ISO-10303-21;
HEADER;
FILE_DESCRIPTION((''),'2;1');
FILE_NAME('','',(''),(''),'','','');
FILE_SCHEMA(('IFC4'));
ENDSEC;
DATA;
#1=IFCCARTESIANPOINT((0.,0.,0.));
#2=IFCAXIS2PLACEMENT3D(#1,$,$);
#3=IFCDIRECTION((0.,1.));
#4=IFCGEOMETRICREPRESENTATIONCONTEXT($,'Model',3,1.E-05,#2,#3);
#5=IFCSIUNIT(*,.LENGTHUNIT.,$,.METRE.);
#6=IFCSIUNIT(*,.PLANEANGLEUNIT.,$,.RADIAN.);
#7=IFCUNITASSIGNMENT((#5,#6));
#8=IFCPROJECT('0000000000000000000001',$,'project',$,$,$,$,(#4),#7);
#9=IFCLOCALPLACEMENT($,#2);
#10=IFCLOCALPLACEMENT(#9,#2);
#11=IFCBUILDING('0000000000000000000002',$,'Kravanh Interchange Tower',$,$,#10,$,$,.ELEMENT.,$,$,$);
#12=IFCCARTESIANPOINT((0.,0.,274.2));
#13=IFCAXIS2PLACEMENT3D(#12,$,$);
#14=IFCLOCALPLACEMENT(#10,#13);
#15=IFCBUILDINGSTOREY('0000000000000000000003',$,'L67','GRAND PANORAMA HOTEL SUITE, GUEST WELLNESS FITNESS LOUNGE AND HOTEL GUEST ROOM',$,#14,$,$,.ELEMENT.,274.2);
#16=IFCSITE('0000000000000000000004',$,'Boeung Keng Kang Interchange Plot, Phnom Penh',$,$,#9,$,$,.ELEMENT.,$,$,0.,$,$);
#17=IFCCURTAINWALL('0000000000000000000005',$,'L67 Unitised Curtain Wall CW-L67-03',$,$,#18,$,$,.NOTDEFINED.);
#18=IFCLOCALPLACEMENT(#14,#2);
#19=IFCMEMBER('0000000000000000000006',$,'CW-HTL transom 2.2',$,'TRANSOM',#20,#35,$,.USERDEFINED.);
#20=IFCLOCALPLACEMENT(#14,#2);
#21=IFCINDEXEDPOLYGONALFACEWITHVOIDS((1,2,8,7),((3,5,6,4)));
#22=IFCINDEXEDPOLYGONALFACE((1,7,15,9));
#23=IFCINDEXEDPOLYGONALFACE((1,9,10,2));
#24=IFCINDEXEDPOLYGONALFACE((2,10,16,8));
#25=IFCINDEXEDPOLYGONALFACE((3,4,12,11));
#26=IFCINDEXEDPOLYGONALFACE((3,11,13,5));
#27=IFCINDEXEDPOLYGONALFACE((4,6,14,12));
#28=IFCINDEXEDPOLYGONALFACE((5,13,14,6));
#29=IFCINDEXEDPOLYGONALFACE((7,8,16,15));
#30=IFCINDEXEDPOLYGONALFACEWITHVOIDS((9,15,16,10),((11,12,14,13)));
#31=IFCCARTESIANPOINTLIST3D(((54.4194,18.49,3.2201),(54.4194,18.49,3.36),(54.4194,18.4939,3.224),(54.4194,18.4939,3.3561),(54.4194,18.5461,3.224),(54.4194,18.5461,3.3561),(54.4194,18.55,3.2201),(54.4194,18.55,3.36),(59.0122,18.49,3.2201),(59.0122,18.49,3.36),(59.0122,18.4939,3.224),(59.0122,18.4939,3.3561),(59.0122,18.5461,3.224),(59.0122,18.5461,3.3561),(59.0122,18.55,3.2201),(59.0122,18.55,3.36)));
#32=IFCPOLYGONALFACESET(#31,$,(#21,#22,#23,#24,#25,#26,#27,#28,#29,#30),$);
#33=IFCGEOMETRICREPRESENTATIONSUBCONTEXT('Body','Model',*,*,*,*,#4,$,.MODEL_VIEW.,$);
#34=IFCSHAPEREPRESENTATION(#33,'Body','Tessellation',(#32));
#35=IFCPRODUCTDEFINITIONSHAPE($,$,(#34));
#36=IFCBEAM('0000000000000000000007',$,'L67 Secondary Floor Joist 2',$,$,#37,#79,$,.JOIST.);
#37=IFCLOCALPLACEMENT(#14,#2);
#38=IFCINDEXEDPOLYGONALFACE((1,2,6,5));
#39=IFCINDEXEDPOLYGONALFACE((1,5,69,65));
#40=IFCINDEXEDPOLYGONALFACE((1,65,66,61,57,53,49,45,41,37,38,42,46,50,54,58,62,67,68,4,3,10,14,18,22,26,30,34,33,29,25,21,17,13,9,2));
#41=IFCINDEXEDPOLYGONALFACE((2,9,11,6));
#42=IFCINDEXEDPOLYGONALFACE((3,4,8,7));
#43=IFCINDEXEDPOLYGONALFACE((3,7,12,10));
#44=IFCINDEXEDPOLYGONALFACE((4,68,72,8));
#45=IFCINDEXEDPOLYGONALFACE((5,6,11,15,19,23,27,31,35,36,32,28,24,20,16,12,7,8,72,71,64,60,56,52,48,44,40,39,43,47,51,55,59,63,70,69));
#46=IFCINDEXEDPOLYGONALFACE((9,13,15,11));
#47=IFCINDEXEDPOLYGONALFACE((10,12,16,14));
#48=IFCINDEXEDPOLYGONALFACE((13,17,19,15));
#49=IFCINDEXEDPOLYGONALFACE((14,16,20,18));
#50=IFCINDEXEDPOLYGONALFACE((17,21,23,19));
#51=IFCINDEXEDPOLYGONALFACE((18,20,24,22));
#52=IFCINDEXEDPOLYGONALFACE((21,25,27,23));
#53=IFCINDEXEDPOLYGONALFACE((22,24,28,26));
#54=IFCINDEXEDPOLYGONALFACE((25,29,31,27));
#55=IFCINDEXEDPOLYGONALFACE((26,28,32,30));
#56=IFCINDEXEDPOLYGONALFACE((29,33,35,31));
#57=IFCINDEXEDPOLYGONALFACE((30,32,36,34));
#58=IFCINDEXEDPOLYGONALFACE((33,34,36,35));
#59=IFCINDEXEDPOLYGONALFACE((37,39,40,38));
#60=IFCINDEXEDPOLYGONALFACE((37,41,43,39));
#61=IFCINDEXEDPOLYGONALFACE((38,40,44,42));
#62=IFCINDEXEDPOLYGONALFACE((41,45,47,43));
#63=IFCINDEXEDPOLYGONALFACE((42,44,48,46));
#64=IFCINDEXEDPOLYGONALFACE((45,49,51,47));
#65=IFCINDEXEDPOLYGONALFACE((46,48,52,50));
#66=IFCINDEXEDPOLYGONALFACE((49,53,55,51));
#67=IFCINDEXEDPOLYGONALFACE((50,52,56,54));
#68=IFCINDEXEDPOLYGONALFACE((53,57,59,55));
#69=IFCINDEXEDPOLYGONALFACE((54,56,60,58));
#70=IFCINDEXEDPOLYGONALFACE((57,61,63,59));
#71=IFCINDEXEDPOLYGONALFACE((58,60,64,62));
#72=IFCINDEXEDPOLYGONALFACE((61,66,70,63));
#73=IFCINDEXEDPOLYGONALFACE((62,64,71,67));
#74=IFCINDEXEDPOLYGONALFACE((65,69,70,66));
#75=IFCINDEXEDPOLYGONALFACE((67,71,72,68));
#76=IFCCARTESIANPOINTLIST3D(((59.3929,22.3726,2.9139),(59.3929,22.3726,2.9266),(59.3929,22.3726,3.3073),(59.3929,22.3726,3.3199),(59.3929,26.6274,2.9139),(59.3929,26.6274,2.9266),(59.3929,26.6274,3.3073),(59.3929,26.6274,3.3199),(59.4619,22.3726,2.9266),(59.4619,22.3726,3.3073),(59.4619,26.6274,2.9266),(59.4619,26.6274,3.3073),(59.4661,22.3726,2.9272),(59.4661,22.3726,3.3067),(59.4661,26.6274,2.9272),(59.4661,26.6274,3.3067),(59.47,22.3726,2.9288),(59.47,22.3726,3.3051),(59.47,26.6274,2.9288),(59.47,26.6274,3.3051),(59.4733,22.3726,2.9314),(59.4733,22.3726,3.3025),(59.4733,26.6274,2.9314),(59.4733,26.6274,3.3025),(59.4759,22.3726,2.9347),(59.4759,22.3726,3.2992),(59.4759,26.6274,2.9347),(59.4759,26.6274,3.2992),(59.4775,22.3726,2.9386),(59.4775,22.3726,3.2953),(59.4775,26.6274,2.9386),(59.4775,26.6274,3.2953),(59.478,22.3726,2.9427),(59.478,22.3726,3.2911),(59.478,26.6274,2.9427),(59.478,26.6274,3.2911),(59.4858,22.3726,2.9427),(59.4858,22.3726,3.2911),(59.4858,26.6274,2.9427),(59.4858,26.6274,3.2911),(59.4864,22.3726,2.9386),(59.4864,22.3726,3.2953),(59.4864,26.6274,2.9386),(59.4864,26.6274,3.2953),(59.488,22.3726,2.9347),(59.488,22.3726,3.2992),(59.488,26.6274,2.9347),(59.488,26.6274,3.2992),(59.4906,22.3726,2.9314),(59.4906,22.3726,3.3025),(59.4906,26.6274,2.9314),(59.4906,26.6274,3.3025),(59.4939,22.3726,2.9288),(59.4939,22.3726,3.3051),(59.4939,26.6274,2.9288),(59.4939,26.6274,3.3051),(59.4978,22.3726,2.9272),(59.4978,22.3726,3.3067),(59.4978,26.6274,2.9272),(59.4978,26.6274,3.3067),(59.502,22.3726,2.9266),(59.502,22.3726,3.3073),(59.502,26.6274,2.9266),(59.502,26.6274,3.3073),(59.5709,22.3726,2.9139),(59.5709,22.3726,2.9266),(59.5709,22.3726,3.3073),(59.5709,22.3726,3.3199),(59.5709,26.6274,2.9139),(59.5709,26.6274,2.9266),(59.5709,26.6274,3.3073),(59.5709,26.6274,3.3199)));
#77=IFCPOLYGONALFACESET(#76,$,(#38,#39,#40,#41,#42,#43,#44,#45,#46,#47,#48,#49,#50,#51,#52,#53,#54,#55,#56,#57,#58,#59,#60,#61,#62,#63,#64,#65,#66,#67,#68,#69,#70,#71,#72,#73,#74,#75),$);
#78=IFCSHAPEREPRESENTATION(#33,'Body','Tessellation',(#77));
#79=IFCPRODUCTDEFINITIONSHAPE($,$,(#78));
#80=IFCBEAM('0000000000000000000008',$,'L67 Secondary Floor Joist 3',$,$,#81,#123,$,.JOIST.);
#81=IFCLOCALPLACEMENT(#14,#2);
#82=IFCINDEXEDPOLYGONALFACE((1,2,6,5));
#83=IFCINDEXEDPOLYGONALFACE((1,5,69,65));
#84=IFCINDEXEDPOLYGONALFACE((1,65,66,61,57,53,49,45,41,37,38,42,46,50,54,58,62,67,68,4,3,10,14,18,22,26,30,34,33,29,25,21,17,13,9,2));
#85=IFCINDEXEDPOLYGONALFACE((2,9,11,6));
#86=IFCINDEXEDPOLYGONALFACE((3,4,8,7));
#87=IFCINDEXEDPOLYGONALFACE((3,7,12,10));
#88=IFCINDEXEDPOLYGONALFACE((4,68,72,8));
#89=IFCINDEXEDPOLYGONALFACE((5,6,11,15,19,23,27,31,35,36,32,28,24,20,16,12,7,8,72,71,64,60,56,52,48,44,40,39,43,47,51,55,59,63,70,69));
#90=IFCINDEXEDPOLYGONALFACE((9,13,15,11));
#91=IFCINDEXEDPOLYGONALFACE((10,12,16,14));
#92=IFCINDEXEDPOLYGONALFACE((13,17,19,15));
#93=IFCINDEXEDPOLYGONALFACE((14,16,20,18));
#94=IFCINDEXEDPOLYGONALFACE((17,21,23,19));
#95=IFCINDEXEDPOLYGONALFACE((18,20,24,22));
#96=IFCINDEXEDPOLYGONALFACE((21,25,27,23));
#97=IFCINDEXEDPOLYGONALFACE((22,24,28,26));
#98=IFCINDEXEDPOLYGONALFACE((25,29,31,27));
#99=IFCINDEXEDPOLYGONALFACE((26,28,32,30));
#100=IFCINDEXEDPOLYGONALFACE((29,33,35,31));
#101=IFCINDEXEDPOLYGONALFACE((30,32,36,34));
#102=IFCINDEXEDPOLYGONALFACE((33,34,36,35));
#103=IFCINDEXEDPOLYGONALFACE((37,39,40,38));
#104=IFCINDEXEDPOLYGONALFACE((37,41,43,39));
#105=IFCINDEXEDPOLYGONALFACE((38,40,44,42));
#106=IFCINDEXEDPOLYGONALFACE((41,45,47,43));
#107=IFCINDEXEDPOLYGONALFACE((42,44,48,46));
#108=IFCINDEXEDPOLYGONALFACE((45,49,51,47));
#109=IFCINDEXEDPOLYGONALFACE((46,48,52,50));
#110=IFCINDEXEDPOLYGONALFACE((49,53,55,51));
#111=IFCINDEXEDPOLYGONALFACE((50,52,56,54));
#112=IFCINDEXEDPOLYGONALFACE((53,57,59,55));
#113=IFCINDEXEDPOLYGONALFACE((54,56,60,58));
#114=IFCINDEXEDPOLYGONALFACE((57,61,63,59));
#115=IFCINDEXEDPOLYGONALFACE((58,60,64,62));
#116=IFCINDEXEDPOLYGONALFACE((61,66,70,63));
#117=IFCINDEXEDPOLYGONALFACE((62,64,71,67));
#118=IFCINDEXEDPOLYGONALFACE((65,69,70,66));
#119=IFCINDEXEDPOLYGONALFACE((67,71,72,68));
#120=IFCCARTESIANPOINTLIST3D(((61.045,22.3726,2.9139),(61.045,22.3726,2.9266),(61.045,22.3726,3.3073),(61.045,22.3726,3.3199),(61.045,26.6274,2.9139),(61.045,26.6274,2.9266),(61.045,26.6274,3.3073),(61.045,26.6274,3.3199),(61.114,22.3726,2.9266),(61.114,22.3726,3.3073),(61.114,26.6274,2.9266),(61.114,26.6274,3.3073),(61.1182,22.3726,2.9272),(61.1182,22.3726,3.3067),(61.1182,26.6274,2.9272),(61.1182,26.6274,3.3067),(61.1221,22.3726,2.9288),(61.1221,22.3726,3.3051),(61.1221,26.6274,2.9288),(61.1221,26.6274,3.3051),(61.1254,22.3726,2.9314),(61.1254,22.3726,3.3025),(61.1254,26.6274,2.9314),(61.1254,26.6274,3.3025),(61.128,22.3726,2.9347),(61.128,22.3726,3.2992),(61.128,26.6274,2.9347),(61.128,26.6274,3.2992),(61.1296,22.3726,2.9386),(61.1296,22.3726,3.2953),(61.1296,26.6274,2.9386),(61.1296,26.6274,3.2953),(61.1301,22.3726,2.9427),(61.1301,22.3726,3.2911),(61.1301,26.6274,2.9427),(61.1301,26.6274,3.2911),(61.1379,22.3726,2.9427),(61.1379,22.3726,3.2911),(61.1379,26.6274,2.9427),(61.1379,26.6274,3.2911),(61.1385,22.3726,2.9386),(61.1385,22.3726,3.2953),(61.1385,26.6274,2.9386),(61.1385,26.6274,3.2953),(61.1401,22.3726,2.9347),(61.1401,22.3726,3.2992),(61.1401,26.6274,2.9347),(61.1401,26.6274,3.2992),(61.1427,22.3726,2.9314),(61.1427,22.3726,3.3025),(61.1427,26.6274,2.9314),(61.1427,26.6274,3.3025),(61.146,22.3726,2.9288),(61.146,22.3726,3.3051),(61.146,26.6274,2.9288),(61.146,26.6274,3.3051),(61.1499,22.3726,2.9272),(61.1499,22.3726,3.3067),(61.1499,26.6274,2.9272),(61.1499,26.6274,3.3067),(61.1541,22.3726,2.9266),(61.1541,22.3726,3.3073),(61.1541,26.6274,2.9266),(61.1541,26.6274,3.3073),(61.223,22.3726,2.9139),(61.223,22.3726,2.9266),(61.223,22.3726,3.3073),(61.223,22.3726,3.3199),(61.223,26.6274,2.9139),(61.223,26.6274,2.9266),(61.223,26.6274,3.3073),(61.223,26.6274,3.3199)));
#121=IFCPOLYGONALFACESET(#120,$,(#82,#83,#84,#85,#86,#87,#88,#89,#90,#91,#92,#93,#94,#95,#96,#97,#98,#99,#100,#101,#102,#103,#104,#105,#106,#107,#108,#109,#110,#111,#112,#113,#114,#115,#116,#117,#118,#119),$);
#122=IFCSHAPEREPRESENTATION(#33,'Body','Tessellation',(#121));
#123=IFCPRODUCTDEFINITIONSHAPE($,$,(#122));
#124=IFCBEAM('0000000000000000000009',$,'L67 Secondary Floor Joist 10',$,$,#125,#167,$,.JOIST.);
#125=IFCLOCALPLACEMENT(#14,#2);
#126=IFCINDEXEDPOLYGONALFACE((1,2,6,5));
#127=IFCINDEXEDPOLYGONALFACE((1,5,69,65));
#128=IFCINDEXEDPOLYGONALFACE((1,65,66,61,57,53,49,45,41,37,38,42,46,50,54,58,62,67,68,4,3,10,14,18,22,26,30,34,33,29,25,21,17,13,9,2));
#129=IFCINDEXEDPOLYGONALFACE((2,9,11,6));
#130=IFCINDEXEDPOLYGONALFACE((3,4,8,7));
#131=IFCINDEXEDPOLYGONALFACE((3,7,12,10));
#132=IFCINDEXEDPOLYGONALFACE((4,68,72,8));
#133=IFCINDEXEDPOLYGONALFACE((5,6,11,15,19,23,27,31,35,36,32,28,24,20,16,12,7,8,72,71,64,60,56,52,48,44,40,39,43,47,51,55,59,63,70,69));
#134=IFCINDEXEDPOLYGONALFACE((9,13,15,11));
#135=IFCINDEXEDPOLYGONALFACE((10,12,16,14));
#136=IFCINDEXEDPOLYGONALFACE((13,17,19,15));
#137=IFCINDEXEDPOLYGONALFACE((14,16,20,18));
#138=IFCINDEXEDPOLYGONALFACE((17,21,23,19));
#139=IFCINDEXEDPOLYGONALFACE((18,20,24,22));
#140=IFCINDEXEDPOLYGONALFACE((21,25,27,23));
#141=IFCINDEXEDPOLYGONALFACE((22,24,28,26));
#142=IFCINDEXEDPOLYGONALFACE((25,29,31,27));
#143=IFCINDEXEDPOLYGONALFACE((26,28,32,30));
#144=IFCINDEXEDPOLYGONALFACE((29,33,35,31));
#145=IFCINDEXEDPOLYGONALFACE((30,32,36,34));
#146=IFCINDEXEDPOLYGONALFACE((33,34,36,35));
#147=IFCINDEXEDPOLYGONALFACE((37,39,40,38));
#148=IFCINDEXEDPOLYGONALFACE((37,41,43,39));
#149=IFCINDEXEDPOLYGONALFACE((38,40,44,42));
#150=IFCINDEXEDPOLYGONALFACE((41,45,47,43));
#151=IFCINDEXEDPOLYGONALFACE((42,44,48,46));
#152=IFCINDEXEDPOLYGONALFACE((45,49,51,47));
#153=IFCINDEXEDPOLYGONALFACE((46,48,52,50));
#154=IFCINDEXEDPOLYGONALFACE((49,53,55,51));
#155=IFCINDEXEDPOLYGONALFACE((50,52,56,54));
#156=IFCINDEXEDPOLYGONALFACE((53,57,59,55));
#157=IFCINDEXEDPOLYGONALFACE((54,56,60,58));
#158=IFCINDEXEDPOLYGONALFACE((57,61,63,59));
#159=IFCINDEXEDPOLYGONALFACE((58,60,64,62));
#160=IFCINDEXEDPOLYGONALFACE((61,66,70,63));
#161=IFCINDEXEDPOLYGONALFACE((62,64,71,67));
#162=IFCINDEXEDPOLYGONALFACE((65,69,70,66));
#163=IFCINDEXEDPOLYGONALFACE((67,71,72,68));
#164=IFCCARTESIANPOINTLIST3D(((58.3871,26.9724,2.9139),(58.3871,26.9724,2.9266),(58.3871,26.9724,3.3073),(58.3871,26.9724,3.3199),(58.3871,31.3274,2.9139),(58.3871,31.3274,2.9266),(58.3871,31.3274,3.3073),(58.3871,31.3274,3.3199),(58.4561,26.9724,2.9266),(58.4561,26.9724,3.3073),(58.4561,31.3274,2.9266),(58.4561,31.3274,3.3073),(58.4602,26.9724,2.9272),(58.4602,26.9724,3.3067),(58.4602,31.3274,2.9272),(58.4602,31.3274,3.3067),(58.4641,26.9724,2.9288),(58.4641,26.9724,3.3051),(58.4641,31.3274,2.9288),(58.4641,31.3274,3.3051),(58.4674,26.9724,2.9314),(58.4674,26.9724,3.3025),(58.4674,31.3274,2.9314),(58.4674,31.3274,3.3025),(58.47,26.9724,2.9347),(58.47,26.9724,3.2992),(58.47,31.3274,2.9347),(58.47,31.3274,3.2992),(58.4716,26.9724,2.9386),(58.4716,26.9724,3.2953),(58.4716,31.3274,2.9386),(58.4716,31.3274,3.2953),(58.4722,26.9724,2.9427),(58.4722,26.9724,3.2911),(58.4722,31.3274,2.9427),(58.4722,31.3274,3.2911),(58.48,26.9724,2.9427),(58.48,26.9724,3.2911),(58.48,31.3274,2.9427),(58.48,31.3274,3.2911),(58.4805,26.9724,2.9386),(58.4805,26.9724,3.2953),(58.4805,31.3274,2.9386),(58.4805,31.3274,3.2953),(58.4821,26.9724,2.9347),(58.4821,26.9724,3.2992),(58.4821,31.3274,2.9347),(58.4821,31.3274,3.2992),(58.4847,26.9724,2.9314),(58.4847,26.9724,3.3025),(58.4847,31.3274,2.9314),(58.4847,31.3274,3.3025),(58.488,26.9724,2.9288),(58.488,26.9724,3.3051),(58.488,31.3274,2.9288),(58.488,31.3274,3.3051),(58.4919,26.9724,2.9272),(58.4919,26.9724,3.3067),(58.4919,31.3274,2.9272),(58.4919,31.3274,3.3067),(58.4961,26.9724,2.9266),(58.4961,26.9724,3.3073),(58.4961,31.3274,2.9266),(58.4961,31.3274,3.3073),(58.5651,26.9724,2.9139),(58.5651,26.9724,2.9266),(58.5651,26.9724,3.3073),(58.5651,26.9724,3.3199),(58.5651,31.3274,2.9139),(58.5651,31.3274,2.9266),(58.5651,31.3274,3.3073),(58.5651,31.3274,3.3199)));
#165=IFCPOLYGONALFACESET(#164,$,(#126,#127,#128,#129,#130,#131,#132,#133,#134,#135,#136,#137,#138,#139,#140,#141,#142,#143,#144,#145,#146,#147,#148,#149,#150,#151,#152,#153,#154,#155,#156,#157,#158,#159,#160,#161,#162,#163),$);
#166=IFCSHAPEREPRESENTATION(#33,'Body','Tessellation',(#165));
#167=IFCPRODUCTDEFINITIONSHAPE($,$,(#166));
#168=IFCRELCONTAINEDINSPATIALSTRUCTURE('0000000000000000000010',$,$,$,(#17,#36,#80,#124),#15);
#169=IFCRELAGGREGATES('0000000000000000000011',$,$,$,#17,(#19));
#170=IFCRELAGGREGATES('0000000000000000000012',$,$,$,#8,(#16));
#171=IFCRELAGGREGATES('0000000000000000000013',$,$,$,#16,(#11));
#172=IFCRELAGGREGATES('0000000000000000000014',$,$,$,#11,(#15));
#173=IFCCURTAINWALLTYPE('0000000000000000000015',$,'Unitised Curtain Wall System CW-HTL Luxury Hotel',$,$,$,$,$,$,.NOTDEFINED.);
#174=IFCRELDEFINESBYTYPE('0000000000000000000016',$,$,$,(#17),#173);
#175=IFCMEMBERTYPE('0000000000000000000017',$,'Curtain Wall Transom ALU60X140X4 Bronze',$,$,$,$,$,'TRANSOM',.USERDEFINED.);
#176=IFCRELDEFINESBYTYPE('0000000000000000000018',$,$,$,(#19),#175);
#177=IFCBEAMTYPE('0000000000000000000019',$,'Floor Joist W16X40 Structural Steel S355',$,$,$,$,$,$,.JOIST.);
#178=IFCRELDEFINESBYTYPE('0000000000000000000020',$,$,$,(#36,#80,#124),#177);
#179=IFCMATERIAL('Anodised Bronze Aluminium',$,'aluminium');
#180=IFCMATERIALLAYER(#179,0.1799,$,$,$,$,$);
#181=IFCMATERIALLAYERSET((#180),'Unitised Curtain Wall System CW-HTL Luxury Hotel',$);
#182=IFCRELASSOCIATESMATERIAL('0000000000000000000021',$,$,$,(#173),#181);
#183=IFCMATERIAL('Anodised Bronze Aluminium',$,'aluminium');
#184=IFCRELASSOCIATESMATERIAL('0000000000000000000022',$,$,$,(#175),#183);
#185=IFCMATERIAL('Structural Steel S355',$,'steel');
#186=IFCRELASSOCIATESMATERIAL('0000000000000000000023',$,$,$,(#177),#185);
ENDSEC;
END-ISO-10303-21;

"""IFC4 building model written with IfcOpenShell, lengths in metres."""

from ifc_helpers import new_model, si_unit, direction, frame, origin, origin_2d, place, context, subcontext, project, spatial, hollow_rectangle, i_section, extrude, material, layer, layer_set, material_profile, profile_set, type_object, element, aggregate, save


model = new_model("IFC4")

# Units and contexts
model_context = context("Model", 3, precision=1e-05, world=origin(), true_north=direction((0.0, 1.0)))
body_context = subcontext(model_context, "Body", "Model", "MODEL_VIEW")
ifc_project = project(units=[si_unit("LENGTHUNIT", "METRE"), si_unit("PLANEANGLEUNIT", "RADIAN")], contexts=[model_context])

# Site, building, storey
site_placement = place(None, origin())
site = spatial("IfcSite", under=ifc_project, at=site_placement, Name="Boeung Keng Kang Interchange Plot, Phnom Penh", CompositionType="ELEMENT", RefElevation=0.0)
building_placement = place(site_placement, origin())
building = spatial("IfcBuilding", under=site, at=building_placement, Name="Kravanh Interchange Tower", CompositionType="ELEMENT")
storey_placement = place(building_placement, frame((0.0, 0.0, 274.2)))
storey = spatial("IfcBuildingStorey", under=building, at=storey_placement, Name="L67", Description="GRAND PANORAMA HOTEL SUITE, GUEST WELLNESS FITNESS LOUNGE AND HOTEL GUEST ROOM", CompositionType="ELEMENT", Elevation=274.2)

# Curtain wall
ifc_material_1 = material(Name="Anodised Bronze Aluminium", Category="aluminium")
ifc_layer_1 = layer(ifc_material_1, 0.1799)
ifc_layer_set_1 = layer_set([ifc_layer_1], Name="Unitised Curtain Wall System CW-HTL Luxury Hotel")
curtain_wall_type = type_object("IfcCurtainWallType", Name="Unitised Curtain Wall System CW-HTL Luxury Hotel", PredefinedType="NOTDEFINED", material=ifc_layer_set_1)
curtain_wall_1_placement = place(storey_placement, origin())
curtain_wall_1 = element("IfcCurtainWall", 1, at=curtain_wall_1_placement, inside=storey, type_object=curtain_wall_type, Name="L67 Unitised Curtain Wall CW-L67-03", PredefinedType="NOTDEFINED")

# Member
ifc_material_2 = material(Name="Anodised Bronze Aluminium", Category="aluminium")
ifc_material_profile_1 = material_profile(ifc_material_2, hollow_rectangle(XDim=0.0601, YDim=0.1399, WallThickness=0.0039, at=origin_2d()), Name="ALU60X140X4")
ifc_profile_set_1 = profile_set([ifc_material_profile_1], Name="Anodised Bronze Aluminium")
member_type_1 = type_object("IfcMemberType", Name="Curtain Wall Transom ALU60X140X4 Bronze", ElementType="TRANSOM", PredefinedType="USERDEFINED", material=ifc_profile_set_1)
member_1_placement = place(storey_placement, frame((59.0122, 18.52, 3.29), z_axis=(-1.0, 0.0, 0.0), x_axis=(0.0, -1.0, 0.0)))
member_1 = element("IfcMember", 2, at=member_1_placement, type_object=member_type_1, Name="CW-HTL transom 2.2", ObjectType="TRANSOM", PredefinedType="USERDEFINED", context=body_context, shape_type="SweptSolid", body=[
    extrude(hollow_rectangle(XDim=0.0601, YDim=0.1399, WallThickness=0.0039, at=origin_2d()), origin(), (0.0, 0.0, 1.0), 4.5928),
])

# Beams
ifc_material_3 = material(Name="Structural Steel S355", Category="steel")
ifc_material_profile_2 = material_profile(ifc_material_3, i_section(OverallWidth=0.178, OverallDepth=0.406, WebThickness=0.0078, FlangeThickness=0.0127, FilletRadius=0.0161, at=origin_2d()), Name="W16X40")
ifc_profile_set_2 = profile_set([ifc_material_profile_2], Name="Structural Steel S355")
beam_type_1 = type_object("IfcBeamType", Name="Floor Joist W16X40 Structural Steel S355", PredefinedType="JOIST", material=ifc_profile_set_2)
for number, where, z_axis, x_axis, name in (
    (3, (59.4819, 22.3726, 3.1169), (0.0, 1.0, 0.0), (-1.0, 0.0, 0.0), "L67 Secondary Floor Joist 2"),
    (4, (61.134, 22.3726, 3.1169), (0.0, 1.0, 0.0), (-1.0, 0.0, 0.0), "L67 Secondary Floor Joist 3"),
):
    element("IfcBeam", number, at=place(storey_placement, frame(where, z_axis=z_axis, x_axis=x_axis)), inside=storey, type_object=beam_type_1, Name=name, PredefinedType="JOIST", context=body_context, shape_type="SweptSolid", body=[
        extrude(i_section(OverallWidth=0.178, OverallDepth=0.406, WebThickness=0.0078, FlangeThickness=0.0127, FilletRadius=0.0161, at=origin_2d()), origin(), (0.0, 0.0, 1.0), 4.2549),
    ])
for number, where, z_axis, x_axis, name in (
    (5, (58.4761, 26.9724, 3.1169), (0.0, 1.0, 0.0), (-1.0, 0.0, 0.0), "L67 Secondary Floor Joist 10"),
):
    element("IfcBeam", number, at=place(storey_placement, frame(where, z_axis=z_axis, x_axis=x_axis)), inside=storey, type_object=beam_type_1, Name=name, PredefinedType="JOIST", context=body_context, shape_type="SweptSolid", body=[
        extrude(i_section(OverallWidth=0.178, OverallDepth=0.406, WebThickness=0.0078, FlangeThickness=0.0127, FilletRadius=0.0161, at=origin_2d()), origin(), (0.0, 0.0, 1.0), 4.355),
    ])

aggregate(curtain_wall_1, [member_1])

save(model, "model.ifc")
